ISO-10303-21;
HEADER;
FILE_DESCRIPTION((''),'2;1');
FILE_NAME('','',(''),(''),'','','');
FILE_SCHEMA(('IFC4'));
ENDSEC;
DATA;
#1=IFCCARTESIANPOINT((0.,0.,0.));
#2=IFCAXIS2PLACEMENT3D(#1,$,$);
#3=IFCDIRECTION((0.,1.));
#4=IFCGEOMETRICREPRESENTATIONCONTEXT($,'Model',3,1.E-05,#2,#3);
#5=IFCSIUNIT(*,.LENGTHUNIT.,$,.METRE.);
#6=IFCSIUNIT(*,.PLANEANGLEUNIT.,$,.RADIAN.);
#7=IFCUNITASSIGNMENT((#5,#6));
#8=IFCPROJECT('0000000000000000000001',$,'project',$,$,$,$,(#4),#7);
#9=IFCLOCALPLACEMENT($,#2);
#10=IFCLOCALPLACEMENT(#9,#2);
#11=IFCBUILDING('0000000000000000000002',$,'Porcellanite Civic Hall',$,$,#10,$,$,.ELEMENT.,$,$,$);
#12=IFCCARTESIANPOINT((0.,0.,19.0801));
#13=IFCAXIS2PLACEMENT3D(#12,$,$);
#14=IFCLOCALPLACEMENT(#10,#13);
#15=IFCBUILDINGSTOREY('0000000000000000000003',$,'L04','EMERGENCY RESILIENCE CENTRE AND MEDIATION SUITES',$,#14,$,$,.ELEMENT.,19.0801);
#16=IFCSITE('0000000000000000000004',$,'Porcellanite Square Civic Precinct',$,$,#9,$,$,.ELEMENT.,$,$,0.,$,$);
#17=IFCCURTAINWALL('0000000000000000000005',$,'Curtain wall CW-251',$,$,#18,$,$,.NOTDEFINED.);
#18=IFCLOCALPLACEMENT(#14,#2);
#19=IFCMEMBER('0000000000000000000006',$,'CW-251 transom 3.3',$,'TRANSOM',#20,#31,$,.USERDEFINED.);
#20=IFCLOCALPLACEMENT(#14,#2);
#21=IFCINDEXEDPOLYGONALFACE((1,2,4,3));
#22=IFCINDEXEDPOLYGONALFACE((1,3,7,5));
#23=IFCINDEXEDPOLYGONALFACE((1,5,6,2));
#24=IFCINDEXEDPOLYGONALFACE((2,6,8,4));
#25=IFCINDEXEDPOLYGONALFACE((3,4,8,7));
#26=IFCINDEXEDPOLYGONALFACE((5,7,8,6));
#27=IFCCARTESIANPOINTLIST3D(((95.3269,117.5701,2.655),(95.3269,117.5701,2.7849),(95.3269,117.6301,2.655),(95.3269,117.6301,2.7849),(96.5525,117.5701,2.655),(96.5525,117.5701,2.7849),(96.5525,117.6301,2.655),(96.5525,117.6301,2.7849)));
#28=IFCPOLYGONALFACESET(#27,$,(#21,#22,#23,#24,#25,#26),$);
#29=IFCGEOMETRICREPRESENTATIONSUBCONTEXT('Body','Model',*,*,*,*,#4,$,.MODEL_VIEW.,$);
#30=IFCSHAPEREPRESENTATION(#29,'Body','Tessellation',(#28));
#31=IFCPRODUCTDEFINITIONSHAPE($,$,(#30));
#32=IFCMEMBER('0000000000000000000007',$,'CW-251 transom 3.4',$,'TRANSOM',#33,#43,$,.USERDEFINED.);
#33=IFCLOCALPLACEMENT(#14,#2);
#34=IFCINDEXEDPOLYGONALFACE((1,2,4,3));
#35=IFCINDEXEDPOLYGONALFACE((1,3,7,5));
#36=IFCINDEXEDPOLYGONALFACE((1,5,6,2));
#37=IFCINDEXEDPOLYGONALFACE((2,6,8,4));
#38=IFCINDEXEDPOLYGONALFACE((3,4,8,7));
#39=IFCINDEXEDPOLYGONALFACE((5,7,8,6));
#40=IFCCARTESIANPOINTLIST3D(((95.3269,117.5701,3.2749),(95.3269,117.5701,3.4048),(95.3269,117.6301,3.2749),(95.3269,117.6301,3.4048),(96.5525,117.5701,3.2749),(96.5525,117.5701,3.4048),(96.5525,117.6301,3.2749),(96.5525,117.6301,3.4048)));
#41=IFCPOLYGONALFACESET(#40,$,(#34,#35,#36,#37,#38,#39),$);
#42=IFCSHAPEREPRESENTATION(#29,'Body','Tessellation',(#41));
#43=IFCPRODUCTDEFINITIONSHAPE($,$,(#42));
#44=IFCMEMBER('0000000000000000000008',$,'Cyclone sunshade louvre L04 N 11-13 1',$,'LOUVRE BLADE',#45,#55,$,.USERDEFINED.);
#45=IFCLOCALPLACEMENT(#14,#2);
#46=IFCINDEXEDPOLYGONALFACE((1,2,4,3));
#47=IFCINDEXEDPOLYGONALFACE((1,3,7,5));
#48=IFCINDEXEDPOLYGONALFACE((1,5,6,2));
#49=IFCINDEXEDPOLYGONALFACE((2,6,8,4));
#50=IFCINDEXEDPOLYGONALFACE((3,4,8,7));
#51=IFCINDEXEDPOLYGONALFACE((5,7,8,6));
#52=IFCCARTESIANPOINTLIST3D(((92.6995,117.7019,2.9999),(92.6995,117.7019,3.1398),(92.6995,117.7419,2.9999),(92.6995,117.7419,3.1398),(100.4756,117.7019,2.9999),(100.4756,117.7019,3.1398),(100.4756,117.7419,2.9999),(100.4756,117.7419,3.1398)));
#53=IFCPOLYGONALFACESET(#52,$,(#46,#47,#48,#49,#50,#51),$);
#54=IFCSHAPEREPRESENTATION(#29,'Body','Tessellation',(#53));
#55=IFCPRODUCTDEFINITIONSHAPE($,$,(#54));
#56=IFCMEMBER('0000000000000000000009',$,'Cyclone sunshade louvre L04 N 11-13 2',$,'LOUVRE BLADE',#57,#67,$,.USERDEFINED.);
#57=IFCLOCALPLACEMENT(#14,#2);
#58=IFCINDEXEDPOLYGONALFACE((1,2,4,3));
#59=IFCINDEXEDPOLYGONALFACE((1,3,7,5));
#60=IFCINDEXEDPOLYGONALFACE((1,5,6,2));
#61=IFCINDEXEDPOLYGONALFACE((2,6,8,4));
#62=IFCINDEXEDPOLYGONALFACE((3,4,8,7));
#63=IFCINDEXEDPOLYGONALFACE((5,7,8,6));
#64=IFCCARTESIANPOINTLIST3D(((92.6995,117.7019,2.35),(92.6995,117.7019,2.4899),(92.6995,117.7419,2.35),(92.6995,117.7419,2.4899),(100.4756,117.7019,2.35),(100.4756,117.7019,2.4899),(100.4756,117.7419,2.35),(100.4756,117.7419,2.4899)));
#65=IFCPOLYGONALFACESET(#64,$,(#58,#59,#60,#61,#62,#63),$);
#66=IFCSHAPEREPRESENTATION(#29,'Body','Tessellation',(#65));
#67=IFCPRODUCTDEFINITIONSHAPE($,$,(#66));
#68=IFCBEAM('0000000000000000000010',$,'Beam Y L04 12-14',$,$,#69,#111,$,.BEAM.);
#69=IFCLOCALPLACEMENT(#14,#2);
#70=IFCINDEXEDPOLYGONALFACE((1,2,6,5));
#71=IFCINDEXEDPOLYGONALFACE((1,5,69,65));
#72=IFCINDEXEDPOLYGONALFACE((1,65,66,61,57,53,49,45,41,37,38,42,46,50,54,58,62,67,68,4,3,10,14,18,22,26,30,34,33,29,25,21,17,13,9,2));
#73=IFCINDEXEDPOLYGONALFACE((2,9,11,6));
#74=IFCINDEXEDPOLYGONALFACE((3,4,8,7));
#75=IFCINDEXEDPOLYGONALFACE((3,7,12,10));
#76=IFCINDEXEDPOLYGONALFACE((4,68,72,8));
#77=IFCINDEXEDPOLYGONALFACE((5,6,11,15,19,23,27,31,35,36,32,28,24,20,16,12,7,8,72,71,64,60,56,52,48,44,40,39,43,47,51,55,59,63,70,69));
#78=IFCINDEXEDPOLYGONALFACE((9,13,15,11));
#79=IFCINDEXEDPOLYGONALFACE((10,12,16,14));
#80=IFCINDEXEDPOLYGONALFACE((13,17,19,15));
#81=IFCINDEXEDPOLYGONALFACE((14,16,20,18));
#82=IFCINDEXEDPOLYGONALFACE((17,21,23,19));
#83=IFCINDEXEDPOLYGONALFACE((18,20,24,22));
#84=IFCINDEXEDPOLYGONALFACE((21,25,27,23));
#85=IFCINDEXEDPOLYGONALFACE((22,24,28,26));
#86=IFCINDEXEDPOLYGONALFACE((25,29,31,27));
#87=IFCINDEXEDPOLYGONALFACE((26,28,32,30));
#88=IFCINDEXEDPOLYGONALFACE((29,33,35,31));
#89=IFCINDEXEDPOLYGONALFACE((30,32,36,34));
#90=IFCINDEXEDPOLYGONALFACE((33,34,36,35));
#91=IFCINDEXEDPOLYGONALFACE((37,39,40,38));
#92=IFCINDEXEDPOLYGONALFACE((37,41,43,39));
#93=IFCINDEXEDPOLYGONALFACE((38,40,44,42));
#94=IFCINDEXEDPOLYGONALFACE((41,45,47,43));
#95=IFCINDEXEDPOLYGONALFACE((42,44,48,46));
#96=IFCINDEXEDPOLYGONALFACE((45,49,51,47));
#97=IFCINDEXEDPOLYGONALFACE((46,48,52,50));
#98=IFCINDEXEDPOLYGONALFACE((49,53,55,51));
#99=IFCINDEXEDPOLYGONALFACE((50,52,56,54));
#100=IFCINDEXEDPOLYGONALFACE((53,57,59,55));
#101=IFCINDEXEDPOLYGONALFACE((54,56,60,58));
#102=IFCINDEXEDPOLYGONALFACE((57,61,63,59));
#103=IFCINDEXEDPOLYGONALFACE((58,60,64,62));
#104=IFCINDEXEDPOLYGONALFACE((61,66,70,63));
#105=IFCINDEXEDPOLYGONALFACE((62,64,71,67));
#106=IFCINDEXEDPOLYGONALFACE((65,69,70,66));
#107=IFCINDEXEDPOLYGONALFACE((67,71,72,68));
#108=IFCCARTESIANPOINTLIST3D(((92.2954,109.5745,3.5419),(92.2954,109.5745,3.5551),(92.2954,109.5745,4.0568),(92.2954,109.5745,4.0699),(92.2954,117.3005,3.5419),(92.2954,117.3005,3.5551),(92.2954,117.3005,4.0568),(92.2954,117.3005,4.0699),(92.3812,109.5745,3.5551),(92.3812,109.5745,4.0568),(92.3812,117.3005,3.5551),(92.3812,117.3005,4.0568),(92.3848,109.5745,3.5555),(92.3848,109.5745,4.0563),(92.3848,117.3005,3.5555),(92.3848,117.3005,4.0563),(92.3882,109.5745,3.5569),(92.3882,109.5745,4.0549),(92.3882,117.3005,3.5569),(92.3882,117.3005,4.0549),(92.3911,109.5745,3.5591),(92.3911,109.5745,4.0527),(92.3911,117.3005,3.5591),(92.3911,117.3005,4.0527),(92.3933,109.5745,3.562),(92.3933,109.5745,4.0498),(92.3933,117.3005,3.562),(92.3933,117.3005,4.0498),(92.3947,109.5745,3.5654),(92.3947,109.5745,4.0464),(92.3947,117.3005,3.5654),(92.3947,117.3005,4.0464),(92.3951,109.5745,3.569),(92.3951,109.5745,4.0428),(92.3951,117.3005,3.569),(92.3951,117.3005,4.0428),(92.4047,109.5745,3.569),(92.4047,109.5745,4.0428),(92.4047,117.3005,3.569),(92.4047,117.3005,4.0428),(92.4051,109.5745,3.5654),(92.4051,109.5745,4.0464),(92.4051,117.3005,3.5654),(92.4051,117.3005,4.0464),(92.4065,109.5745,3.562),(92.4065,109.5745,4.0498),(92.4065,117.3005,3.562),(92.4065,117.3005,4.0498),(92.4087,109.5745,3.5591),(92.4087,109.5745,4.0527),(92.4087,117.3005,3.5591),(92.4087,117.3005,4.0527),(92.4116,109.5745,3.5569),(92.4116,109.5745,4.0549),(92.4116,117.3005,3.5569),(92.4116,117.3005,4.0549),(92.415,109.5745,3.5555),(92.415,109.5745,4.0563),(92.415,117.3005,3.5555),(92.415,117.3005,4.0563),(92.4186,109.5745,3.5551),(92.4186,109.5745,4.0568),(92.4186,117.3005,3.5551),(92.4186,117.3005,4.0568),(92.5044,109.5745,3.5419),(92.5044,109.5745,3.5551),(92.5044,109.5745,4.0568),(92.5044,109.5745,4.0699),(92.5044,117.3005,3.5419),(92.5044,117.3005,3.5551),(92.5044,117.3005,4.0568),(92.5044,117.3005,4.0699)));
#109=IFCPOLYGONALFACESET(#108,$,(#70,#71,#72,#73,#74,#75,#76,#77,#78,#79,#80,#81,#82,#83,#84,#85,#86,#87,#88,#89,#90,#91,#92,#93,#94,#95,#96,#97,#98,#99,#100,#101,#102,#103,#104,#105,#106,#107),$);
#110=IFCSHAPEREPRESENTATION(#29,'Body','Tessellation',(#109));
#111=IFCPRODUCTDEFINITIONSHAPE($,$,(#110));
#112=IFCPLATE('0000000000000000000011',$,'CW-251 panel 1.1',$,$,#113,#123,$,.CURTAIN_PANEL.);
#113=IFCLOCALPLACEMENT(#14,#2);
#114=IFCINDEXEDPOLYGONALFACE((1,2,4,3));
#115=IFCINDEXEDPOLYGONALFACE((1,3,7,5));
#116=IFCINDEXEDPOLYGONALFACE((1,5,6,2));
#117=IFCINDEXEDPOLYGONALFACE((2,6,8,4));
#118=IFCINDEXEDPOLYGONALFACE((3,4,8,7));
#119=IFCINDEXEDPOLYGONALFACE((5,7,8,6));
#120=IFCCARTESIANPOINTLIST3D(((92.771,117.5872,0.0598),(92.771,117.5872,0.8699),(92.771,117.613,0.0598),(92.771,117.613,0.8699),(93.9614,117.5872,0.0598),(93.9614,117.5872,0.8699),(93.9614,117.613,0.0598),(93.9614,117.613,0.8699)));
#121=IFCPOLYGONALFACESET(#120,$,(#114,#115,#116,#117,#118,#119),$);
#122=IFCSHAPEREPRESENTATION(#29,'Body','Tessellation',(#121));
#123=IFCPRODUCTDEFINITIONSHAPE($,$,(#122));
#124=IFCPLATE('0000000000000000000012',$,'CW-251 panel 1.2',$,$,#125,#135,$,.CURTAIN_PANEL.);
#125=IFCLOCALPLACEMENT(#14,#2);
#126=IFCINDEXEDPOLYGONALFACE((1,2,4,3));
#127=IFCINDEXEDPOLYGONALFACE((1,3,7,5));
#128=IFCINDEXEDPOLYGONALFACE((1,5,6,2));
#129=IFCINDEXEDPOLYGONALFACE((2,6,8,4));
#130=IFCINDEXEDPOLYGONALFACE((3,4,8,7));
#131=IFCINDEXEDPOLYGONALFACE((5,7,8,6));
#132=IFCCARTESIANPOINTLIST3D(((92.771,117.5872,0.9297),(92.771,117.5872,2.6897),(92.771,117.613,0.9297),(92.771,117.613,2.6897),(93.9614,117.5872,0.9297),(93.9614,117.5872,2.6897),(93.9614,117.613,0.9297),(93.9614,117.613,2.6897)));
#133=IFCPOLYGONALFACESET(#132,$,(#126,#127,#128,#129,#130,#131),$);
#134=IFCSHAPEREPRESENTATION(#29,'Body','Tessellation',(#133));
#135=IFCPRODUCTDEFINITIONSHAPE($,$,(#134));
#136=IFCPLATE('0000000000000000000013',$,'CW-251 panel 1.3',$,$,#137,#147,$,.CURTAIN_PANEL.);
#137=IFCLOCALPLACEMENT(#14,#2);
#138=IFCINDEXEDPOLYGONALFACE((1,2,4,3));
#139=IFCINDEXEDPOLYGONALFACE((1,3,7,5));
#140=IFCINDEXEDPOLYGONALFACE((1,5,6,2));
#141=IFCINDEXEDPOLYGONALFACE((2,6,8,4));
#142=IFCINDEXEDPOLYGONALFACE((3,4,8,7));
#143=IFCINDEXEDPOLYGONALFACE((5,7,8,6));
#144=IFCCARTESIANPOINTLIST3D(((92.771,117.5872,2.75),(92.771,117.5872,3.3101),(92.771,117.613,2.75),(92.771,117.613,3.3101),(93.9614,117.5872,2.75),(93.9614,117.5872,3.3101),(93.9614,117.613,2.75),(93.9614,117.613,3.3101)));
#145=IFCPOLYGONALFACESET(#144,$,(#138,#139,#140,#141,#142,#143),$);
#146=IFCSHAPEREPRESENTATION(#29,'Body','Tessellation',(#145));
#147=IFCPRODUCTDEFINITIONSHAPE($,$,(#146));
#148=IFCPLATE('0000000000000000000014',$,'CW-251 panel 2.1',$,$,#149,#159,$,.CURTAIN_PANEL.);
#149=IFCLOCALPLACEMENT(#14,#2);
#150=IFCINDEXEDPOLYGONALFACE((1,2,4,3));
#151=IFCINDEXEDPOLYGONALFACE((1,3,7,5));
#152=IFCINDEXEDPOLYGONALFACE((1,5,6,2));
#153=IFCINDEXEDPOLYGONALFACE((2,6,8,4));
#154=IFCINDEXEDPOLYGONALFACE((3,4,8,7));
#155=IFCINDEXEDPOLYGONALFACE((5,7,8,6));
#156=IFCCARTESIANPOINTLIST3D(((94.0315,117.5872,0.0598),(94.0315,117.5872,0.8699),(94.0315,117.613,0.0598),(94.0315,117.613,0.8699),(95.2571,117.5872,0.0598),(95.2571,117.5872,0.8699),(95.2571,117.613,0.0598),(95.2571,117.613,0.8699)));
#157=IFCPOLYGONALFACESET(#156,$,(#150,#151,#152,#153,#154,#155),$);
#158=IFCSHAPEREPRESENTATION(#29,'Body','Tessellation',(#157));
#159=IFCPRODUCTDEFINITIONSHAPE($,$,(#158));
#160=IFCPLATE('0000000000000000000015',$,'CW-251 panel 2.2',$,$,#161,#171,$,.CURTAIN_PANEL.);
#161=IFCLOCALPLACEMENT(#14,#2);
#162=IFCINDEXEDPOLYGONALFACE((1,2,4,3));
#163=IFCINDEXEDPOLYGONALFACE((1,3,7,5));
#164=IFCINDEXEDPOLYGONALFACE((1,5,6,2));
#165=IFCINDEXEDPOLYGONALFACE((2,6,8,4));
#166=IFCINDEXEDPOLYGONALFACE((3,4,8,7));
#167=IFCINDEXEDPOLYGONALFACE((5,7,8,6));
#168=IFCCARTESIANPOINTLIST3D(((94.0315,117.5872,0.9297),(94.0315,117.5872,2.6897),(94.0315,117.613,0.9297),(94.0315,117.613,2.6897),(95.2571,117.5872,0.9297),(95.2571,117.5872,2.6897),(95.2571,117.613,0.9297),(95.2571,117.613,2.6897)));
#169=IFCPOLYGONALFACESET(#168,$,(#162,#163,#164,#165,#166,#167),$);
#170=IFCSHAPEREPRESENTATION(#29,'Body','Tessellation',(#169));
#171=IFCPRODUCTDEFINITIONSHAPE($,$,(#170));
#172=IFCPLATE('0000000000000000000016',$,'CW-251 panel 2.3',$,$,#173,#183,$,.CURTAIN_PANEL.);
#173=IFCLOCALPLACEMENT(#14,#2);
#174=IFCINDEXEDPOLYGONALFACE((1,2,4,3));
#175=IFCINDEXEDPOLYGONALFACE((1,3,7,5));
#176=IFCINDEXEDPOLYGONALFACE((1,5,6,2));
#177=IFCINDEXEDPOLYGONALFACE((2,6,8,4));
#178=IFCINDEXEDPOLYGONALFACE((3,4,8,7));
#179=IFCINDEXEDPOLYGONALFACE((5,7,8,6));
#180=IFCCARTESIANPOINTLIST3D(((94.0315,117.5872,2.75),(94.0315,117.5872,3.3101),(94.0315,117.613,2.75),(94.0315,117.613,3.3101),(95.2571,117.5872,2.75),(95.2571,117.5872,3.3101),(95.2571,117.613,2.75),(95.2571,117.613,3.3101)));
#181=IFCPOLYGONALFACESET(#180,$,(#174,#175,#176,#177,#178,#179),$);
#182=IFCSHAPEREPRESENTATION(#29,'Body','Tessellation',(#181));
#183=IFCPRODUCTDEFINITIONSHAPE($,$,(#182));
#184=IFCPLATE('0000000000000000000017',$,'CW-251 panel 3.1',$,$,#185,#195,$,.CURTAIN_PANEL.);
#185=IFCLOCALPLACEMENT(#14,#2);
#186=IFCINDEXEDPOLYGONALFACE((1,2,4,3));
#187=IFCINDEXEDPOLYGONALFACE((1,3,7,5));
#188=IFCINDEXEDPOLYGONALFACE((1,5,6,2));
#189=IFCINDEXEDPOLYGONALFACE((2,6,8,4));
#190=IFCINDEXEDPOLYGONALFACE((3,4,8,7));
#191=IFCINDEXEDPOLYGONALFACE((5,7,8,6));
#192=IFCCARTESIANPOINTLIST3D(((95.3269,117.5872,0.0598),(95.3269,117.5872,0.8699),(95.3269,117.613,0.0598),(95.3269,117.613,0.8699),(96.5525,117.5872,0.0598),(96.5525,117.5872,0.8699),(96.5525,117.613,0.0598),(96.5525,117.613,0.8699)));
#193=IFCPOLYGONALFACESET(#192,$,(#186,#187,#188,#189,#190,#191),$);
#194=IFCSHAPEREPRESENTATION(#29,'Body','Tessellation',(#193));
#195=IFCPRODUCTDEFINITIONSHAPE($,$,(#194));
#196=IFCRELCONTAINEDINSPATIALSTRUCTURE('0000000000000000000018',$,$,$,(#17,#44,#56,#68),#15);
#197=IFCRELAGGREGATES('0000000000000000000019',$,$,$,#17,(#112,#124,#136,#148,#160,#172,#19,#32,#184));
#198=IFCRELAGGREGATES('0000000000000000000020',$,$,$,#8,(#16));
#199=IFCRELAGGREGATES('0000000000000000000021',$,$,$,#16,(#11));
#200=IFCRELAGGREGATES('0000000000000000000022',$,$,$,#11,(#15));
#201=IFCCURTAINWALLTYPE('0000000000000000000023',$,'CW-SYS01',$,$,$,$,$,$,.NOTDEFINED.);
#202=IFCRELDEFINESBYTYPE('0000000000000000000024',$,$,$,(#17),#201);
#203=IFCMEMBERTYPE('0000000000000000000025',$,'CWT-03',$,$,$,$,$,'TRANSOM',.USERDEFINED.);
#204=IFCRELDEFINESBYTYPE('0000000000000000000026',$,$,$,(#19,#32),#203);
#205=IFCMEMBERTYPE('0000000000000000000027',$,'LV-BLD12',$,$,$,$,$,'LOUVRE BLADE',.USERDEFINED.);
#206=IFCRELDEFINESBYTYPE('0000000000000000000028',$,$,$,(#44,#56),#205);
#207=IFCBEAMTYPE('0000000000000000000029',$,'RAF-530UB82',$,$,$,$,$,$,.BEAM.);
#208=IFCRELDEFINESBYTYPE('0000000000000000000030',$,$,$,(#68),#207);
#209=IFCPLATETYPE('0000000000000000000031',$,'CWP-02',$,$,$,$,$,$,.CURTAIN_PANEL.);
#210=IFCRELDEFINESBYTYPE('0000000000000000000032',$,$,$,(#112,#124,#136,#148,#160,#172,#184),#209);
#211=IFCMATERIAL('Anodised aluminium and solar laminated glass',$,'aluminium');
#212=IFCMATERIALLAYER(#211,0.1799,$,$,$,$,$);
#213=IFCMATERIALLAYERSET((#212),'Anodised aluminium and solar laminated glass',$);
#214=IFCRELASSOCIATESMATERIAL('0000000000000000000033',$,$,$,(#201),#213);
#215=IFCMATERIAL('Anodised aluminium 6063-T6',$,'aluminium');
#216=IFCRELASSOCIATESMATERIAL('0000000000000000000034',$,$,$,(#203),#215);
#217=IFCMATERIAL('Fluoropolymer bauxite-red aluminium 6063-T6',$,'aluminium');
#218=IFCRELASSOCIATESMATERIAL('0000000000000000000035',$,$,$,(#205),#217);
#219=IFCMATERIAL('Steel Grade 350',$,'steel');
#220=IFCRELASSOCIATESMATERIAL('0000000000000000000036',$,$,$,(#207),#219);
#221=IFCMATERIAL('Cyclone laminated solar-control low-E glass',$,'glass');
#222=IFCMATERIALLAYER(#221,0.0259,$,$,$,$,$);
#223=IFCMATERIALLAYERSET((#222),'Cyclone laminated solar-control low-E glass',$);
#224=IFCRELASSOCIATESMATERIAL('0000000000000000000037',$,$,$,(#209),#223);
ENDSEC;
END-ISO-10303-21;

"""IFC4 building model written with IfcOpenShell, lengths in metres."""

from ifc_helpers import new_model, si_unit, direction, frame, origin, origin_2d, place, context, subcontext, project, spatial, rectangle, i_section, extrude, material, layer, layer_set, material_profile, profile_set, type_object, element, aggregate, save


model = new_model("IFC4")

# Units and contexts
model_context = context("Model", 3, precision=1e-05, world=origin(), true_north=direction((0.0, 1.0)))
body_context = subcontext(model_context, "Body", "Model", "MODEL_VIEW")
ifc_project = project(units=[si_unit("LENGTHUNIT", "METRE"), si_unit("PLANEANGLEUNIT", "RADIAN")], contexts=[model_context])

# Site, building, storey
site_placement = place(None, origin())
site = spatial("IfcSite", under=ifc_project, at=site_placement, Name="Porcellanite Square Civic Precinct", CompositionType="ELEMENT", RefElevation=0.0)
building_placement = place(site_placement, origin())
building = spatial("IfcBuilding", under=site, at=building_placement, Name="Porcellanite Civic Hall", CompositionType="ELEMENT")
storey_placement = place(building_placement, frame((0.0, 0.0, 19.0801)))
storey = spatial("IfcBuildingStorey", under=building, at=storey_placement, Name="L04", Description="EMERGENCY RESILIENCE CENTRE AND MEDIATION SUITES", CompositionType="ELEMENT", Elevation=19.0801)

# Curtain wall, members
ifc_material_1 = material(Name="Anodised aluminium and solar laminated glass", Category="aluminium")
ifc_layer_1 = layer(ifc_material_1, 0.1799)
ifc_layer_set_1 = layer_set([ifc_layer_1], Name="Anodised aluminium and solar laminated glass")
curtain_wall_type = type_object("IfcCurtainWallType", Name="CW-SYS01", PredefinedType="NOTDEFINED", material=ifc_layer_set_1)
curtain_wall_placement = place(storey_placement, origin())
curtain_wall = element("IfcCurtainWall", 1, at=curtain_wall_placement, inside=storey, type_object=curtain_wall_type, Name="Curtain wall CW-251", PredefinedType="NOTDEFINED")
ifc_material_2 = material(Name="Anodised aluminium 6063-T6", Category="aluminium")
ifc_material_profile_1 = material_profile(ifc_material_2, rectangle(XDim=0.0601, YDim=0.1299, at=origin_2d()), Name="AL-60x130")
ifc_profile_set_1 = profile_set([ifc_material_profile_1], Name="Anodised aluminium 6063-T6")
member_type_1 = type_object("IfcMemberType", Name="CWT-03", ElementType="TRANSOM", PredefinedType="USERDEFINED", material=ifc_profile_set_1)
member_1_placement = place(storey_placement, frame((95.3269, 117.6001, 2.72), z_axis=(1.0, 0.0, 0.0), x_axis=(0.0, 1.0, 0.0)))
member_1 = element("IfcMember", 2, at=member_1_placement, type_object=member_type_1, Name="CW-251 transom 3.3", ObjectType="TRANSOM", PredefinedType="USERDEFINED", context=body_context, shape_type="SweptSolid", body=[
    extrude(rectangle(XDim=0.0601, YDim=0.1299, at=origin_2d()), origin(), (0.0, 0.0, 1.0), 1.2256),
])
member_2_placement = place(storey_placement, frame((95.3269, 117.6001, 3.3398), z_axis=(1.0, 0.0, 0.0), x_axis=(0.0, 1.0, 0.0)))
member_2 = element("IfcMember", 3, at=member_2_placement, type_object=member_type_1, Name="CW-251 transom 3.4", ObjectType="TRANSOM", PredefinedType="USERDEFINED", context=body_context, shape_type="SweptSolid", body=[
    extrude(rectangle(XDim=0.0601, YDim=0.1299, at=origin_2d()), origin(), (0.0, 0.0, 1.0), 1.2256),
])

# Members
ifc_material_3 = material(Name="Fluoropolymer bauxite-red aluminium 6063-T6", Category="aluminium")
ifc_material_profile_2 = material_profile(ifc_material_3, rectangle(XDim=0.04, YDim=0.1399, at=origin_2d()), Name="AL-40x140")
ifc_profile_set_2 = profile_set([ifc_material_profile_2], Name="Fluoropolymer bauxite-red aluminium 6063-T6")
member_type_2 = type_object("IfcMemberType", Name="LV-BLD12", ElementType="LOUVRE BLADE", PredefinedType="USERDEFINED", material=ifc_profile_set_2)
for number, where, z_axis, x_axis, name in (
    (4, (92.6995, 117.7219, 3.0698), (1.0, 0.0, 0.0), (0.0, 1.0, 0.0), "Cyclone sunshade louvre L04 N 11-13 1"),
    (5, (92.6995, 117.7219, 2.4199), (1.0, 0.0, 0.0), (0.0, 1.0, 0.0), "Cyclone sunshade louvre L04 N 11-13 2"),
):
    element("IfcMember", number, at=place(storey_placement, frame(where, z_axis=z_axis, x_axis=x_axis)), inside=storey, type_object=member_type_2, Name=name, ObjectType="LOUVRE BLADE", PredefinedType="USERDEFINED", context=body_context, shape_type="SweptSolid", body=[
        extrude(rectangle(XDim=0.04, YDim=0.1399, at=origin_2d()), origin(), (0.0, 0.0, 1.0), 7.7761),
    ])

# Beam
ifc_material_4 = material(Name="Steel Grade 350", Category="steel")
ifc_material_profile_3 = material_profile(ifc_material_4, i_section(OverallWidth=0.209, OverallDepth=0.5281, WebThickness=0.0095, FlangeThickness=0.0132, FilletRadius=0.0139, at=origin_2d()), Name="530UB82.0")
ifc_profile_set_3 = profile_set([ifc_material_profile_3], Name="Steel Grade 350")
beam_type_1 = type_object("IfcBeamType", Name="RAF-530UB82", PredefinedType="BEAM", material=ifc_profile_set_3)
beam_1_placement = place(storey_placement, frame((92.3999, 109.5745, 3.8059), z_axis=(0.0, 1.0, 0.0), x_axis=(-1.0, 0.0, 0.0)))
element("IfcBeam", 6, at=beam_1_placement, inside=storey, type_object=beam_type_1, Name="Beam Y L04 12-14", PredefinedType="BEAM", context=body_context, shape_type="SweptSolid", body=[
    extrude(i_section(OverallWidth=0.209, OverallDepth=0.5281, WebThickness=0.0095, FlangeThickness=0.0132, FilletRadius=0.0139, at=origin_2d()), origin(), (0.0, 0.0, 1.0), 7.7261),
])

# Plates
ifc_material_5 = material(Name="Cyclone laminated solar-control low-E glass", Category="glass")
ifc_layer_2 = layer(ifc_material_5, 0.0259)
ifc_layer_set_2 = layer_set([ifc_layer_2], Name="Cyclone laminated solar-control low-E glass")
plate_type = type_object("IfcPlateType", Name="CWP-02", PredefinedType="CURTAIN_PANEL", material=ifc_layer_set_2)
plate_1_placement = place(storey_placement, frame((93.3662, 117.6001, 0.0598), z_axis=(0.0, 0.0, 1.0), x_axis=(1.0, 0.0, 0.0)))
plate_1 = element("IfcPlate", 7, at=plate_1_placement, type_object=plate_type, Name="CW-251 panel 1.1", PredefinedType="CURTAIN_PANEL", context=body_context, shape_type="SweptSolid", body=[
    extrude(rectangle(XDim=1.1904, YDim=0.0259, at=origin_2d()), origin(), (0.0, 0.0, 1.0), 0.8101),
])
plate_2_placement = place(storey_placement, frame((93.3662, 117.6001, 0.9297), z_axis=(0.0, 0.0, 1.0), x_axis=(1.0, 0.0, 0.0)))
plate_2 = element("IfcPlate", 8, at=plate_2_placement, type_object=plate_type, Name="CW-251 panel 1.2", PredefinedType="CURTAIN_PANEL", context=body_context, shape_type="SweptSolid", body=[
    extrude(rectangle(XDim=1.1904, YDim=0.0259, at=origin_2d()), origin(), (0.0, 0.0, 1.0), 1.76),
])
plate_3_placement = place(storey_placement, frame((93.3662, 117.6001, 2.75), z_axis=(0.0, 0.0, 1.0), x_axis=(1.0, 0.0, 0.0)))
plate_3 = element("IfcPlate", 9, at=plate_3_placement, type_object=plate_type, Name="CW-251 panel 1.3", PredefinedType="CURTAIN_PANEL", context=body_context, shape_type="SweptSolid", body=[
    extrude(rectangle(XDim=1.1904, YDim=0.0259, at=origin_2d()), origin(), (0.0, 0.0, 1.0), 0.5601),
])
plate_4_placement = place(storey_placement, frame((94.6443, 117.6001, 0.0598), z_axis=(0.0, 0.0, 1.0), x_axis=(1.0, 0.0, 0.0)))
plate_4 = element("IfcPlate", 10, at=plate_4_placement, type_object=plate_type, Name="CW-251 panel 2.1", PredefinedType="CURTAIN_PANEL", context=body_context, shape_type="SweptSolid", body=[
    extrude(rectangle(XDim=1.2256, YDim=0.0259, at=origin_2d()), origin(), (0.0, 0.0, 1.0), 0.8101),
])
plate_5_placement = place(storey_placement, frame((94.6443, 117.6001, 0.9297), z_axis=(0.0, 0.0, 1.0), x_axis=(1.0, 0.0, 0.0)))
plate_5 = element("IfcPlate", 11, at=plate_5_placement, type_object=plate_type, Name="CW-251 panel 2.2", PredefinedType="CURTAIN_PANEL", context=body_context, shape_type="SweptSolid", body=[
    extrude(rectangle(XDim=1.2256, YDim=0.0259, at=origin_2d()), origin(), (0.0, 0.0, 1.0), 1.76),
])
plate_6_placement = place(storey_placement, frame((94.6443, 117.6001, 2.75), z_axis=(0.0, 0.0, 1.0), x_axis=(1.0, 0.0, 0.0)))
plate_6 = element("IfcPlate", 12, at=plate_6_placement, type_object=plate_type, Name="CW-251 panel 2.3", PredefinedType="CURTAIN_PANEL", context=body_context, shape_type="SweptSolid", body=[
    extrude(rectangle(XDim=1.2256, YDim=0.0259, at=origin_2d()), origin(), (0.0, 0.0, 1.0), 0.5601),
])
plate_7_placement = place(storey_placement, frame((95.9397, 117.6001, 0.0598), z_axis=(0.0, 0.0, 1.0), x_axis=(1.0, 0.0, 0.0)))
plate_7 = element("IfcPlate", 13, at=plate_7_placement, type_object=plate_type, Name="CW-251 panel 3.1", PredefinedType="CURTAIN_PANEL", context=body_context, shape_type="SweptSolid", body=[
    extrude(rectangle(XDim=1.2256, YDim=0.0259, at=origin_2d()), origin(), (0.0, 0.0, 1.0), 0.8101),
])
aggregate(curtain_wall, [plate_1, plate_2, plate_3, plate_4, plate_5, plate_6, member_1, member_2, plate_7])

save(model, "model.ifc")
